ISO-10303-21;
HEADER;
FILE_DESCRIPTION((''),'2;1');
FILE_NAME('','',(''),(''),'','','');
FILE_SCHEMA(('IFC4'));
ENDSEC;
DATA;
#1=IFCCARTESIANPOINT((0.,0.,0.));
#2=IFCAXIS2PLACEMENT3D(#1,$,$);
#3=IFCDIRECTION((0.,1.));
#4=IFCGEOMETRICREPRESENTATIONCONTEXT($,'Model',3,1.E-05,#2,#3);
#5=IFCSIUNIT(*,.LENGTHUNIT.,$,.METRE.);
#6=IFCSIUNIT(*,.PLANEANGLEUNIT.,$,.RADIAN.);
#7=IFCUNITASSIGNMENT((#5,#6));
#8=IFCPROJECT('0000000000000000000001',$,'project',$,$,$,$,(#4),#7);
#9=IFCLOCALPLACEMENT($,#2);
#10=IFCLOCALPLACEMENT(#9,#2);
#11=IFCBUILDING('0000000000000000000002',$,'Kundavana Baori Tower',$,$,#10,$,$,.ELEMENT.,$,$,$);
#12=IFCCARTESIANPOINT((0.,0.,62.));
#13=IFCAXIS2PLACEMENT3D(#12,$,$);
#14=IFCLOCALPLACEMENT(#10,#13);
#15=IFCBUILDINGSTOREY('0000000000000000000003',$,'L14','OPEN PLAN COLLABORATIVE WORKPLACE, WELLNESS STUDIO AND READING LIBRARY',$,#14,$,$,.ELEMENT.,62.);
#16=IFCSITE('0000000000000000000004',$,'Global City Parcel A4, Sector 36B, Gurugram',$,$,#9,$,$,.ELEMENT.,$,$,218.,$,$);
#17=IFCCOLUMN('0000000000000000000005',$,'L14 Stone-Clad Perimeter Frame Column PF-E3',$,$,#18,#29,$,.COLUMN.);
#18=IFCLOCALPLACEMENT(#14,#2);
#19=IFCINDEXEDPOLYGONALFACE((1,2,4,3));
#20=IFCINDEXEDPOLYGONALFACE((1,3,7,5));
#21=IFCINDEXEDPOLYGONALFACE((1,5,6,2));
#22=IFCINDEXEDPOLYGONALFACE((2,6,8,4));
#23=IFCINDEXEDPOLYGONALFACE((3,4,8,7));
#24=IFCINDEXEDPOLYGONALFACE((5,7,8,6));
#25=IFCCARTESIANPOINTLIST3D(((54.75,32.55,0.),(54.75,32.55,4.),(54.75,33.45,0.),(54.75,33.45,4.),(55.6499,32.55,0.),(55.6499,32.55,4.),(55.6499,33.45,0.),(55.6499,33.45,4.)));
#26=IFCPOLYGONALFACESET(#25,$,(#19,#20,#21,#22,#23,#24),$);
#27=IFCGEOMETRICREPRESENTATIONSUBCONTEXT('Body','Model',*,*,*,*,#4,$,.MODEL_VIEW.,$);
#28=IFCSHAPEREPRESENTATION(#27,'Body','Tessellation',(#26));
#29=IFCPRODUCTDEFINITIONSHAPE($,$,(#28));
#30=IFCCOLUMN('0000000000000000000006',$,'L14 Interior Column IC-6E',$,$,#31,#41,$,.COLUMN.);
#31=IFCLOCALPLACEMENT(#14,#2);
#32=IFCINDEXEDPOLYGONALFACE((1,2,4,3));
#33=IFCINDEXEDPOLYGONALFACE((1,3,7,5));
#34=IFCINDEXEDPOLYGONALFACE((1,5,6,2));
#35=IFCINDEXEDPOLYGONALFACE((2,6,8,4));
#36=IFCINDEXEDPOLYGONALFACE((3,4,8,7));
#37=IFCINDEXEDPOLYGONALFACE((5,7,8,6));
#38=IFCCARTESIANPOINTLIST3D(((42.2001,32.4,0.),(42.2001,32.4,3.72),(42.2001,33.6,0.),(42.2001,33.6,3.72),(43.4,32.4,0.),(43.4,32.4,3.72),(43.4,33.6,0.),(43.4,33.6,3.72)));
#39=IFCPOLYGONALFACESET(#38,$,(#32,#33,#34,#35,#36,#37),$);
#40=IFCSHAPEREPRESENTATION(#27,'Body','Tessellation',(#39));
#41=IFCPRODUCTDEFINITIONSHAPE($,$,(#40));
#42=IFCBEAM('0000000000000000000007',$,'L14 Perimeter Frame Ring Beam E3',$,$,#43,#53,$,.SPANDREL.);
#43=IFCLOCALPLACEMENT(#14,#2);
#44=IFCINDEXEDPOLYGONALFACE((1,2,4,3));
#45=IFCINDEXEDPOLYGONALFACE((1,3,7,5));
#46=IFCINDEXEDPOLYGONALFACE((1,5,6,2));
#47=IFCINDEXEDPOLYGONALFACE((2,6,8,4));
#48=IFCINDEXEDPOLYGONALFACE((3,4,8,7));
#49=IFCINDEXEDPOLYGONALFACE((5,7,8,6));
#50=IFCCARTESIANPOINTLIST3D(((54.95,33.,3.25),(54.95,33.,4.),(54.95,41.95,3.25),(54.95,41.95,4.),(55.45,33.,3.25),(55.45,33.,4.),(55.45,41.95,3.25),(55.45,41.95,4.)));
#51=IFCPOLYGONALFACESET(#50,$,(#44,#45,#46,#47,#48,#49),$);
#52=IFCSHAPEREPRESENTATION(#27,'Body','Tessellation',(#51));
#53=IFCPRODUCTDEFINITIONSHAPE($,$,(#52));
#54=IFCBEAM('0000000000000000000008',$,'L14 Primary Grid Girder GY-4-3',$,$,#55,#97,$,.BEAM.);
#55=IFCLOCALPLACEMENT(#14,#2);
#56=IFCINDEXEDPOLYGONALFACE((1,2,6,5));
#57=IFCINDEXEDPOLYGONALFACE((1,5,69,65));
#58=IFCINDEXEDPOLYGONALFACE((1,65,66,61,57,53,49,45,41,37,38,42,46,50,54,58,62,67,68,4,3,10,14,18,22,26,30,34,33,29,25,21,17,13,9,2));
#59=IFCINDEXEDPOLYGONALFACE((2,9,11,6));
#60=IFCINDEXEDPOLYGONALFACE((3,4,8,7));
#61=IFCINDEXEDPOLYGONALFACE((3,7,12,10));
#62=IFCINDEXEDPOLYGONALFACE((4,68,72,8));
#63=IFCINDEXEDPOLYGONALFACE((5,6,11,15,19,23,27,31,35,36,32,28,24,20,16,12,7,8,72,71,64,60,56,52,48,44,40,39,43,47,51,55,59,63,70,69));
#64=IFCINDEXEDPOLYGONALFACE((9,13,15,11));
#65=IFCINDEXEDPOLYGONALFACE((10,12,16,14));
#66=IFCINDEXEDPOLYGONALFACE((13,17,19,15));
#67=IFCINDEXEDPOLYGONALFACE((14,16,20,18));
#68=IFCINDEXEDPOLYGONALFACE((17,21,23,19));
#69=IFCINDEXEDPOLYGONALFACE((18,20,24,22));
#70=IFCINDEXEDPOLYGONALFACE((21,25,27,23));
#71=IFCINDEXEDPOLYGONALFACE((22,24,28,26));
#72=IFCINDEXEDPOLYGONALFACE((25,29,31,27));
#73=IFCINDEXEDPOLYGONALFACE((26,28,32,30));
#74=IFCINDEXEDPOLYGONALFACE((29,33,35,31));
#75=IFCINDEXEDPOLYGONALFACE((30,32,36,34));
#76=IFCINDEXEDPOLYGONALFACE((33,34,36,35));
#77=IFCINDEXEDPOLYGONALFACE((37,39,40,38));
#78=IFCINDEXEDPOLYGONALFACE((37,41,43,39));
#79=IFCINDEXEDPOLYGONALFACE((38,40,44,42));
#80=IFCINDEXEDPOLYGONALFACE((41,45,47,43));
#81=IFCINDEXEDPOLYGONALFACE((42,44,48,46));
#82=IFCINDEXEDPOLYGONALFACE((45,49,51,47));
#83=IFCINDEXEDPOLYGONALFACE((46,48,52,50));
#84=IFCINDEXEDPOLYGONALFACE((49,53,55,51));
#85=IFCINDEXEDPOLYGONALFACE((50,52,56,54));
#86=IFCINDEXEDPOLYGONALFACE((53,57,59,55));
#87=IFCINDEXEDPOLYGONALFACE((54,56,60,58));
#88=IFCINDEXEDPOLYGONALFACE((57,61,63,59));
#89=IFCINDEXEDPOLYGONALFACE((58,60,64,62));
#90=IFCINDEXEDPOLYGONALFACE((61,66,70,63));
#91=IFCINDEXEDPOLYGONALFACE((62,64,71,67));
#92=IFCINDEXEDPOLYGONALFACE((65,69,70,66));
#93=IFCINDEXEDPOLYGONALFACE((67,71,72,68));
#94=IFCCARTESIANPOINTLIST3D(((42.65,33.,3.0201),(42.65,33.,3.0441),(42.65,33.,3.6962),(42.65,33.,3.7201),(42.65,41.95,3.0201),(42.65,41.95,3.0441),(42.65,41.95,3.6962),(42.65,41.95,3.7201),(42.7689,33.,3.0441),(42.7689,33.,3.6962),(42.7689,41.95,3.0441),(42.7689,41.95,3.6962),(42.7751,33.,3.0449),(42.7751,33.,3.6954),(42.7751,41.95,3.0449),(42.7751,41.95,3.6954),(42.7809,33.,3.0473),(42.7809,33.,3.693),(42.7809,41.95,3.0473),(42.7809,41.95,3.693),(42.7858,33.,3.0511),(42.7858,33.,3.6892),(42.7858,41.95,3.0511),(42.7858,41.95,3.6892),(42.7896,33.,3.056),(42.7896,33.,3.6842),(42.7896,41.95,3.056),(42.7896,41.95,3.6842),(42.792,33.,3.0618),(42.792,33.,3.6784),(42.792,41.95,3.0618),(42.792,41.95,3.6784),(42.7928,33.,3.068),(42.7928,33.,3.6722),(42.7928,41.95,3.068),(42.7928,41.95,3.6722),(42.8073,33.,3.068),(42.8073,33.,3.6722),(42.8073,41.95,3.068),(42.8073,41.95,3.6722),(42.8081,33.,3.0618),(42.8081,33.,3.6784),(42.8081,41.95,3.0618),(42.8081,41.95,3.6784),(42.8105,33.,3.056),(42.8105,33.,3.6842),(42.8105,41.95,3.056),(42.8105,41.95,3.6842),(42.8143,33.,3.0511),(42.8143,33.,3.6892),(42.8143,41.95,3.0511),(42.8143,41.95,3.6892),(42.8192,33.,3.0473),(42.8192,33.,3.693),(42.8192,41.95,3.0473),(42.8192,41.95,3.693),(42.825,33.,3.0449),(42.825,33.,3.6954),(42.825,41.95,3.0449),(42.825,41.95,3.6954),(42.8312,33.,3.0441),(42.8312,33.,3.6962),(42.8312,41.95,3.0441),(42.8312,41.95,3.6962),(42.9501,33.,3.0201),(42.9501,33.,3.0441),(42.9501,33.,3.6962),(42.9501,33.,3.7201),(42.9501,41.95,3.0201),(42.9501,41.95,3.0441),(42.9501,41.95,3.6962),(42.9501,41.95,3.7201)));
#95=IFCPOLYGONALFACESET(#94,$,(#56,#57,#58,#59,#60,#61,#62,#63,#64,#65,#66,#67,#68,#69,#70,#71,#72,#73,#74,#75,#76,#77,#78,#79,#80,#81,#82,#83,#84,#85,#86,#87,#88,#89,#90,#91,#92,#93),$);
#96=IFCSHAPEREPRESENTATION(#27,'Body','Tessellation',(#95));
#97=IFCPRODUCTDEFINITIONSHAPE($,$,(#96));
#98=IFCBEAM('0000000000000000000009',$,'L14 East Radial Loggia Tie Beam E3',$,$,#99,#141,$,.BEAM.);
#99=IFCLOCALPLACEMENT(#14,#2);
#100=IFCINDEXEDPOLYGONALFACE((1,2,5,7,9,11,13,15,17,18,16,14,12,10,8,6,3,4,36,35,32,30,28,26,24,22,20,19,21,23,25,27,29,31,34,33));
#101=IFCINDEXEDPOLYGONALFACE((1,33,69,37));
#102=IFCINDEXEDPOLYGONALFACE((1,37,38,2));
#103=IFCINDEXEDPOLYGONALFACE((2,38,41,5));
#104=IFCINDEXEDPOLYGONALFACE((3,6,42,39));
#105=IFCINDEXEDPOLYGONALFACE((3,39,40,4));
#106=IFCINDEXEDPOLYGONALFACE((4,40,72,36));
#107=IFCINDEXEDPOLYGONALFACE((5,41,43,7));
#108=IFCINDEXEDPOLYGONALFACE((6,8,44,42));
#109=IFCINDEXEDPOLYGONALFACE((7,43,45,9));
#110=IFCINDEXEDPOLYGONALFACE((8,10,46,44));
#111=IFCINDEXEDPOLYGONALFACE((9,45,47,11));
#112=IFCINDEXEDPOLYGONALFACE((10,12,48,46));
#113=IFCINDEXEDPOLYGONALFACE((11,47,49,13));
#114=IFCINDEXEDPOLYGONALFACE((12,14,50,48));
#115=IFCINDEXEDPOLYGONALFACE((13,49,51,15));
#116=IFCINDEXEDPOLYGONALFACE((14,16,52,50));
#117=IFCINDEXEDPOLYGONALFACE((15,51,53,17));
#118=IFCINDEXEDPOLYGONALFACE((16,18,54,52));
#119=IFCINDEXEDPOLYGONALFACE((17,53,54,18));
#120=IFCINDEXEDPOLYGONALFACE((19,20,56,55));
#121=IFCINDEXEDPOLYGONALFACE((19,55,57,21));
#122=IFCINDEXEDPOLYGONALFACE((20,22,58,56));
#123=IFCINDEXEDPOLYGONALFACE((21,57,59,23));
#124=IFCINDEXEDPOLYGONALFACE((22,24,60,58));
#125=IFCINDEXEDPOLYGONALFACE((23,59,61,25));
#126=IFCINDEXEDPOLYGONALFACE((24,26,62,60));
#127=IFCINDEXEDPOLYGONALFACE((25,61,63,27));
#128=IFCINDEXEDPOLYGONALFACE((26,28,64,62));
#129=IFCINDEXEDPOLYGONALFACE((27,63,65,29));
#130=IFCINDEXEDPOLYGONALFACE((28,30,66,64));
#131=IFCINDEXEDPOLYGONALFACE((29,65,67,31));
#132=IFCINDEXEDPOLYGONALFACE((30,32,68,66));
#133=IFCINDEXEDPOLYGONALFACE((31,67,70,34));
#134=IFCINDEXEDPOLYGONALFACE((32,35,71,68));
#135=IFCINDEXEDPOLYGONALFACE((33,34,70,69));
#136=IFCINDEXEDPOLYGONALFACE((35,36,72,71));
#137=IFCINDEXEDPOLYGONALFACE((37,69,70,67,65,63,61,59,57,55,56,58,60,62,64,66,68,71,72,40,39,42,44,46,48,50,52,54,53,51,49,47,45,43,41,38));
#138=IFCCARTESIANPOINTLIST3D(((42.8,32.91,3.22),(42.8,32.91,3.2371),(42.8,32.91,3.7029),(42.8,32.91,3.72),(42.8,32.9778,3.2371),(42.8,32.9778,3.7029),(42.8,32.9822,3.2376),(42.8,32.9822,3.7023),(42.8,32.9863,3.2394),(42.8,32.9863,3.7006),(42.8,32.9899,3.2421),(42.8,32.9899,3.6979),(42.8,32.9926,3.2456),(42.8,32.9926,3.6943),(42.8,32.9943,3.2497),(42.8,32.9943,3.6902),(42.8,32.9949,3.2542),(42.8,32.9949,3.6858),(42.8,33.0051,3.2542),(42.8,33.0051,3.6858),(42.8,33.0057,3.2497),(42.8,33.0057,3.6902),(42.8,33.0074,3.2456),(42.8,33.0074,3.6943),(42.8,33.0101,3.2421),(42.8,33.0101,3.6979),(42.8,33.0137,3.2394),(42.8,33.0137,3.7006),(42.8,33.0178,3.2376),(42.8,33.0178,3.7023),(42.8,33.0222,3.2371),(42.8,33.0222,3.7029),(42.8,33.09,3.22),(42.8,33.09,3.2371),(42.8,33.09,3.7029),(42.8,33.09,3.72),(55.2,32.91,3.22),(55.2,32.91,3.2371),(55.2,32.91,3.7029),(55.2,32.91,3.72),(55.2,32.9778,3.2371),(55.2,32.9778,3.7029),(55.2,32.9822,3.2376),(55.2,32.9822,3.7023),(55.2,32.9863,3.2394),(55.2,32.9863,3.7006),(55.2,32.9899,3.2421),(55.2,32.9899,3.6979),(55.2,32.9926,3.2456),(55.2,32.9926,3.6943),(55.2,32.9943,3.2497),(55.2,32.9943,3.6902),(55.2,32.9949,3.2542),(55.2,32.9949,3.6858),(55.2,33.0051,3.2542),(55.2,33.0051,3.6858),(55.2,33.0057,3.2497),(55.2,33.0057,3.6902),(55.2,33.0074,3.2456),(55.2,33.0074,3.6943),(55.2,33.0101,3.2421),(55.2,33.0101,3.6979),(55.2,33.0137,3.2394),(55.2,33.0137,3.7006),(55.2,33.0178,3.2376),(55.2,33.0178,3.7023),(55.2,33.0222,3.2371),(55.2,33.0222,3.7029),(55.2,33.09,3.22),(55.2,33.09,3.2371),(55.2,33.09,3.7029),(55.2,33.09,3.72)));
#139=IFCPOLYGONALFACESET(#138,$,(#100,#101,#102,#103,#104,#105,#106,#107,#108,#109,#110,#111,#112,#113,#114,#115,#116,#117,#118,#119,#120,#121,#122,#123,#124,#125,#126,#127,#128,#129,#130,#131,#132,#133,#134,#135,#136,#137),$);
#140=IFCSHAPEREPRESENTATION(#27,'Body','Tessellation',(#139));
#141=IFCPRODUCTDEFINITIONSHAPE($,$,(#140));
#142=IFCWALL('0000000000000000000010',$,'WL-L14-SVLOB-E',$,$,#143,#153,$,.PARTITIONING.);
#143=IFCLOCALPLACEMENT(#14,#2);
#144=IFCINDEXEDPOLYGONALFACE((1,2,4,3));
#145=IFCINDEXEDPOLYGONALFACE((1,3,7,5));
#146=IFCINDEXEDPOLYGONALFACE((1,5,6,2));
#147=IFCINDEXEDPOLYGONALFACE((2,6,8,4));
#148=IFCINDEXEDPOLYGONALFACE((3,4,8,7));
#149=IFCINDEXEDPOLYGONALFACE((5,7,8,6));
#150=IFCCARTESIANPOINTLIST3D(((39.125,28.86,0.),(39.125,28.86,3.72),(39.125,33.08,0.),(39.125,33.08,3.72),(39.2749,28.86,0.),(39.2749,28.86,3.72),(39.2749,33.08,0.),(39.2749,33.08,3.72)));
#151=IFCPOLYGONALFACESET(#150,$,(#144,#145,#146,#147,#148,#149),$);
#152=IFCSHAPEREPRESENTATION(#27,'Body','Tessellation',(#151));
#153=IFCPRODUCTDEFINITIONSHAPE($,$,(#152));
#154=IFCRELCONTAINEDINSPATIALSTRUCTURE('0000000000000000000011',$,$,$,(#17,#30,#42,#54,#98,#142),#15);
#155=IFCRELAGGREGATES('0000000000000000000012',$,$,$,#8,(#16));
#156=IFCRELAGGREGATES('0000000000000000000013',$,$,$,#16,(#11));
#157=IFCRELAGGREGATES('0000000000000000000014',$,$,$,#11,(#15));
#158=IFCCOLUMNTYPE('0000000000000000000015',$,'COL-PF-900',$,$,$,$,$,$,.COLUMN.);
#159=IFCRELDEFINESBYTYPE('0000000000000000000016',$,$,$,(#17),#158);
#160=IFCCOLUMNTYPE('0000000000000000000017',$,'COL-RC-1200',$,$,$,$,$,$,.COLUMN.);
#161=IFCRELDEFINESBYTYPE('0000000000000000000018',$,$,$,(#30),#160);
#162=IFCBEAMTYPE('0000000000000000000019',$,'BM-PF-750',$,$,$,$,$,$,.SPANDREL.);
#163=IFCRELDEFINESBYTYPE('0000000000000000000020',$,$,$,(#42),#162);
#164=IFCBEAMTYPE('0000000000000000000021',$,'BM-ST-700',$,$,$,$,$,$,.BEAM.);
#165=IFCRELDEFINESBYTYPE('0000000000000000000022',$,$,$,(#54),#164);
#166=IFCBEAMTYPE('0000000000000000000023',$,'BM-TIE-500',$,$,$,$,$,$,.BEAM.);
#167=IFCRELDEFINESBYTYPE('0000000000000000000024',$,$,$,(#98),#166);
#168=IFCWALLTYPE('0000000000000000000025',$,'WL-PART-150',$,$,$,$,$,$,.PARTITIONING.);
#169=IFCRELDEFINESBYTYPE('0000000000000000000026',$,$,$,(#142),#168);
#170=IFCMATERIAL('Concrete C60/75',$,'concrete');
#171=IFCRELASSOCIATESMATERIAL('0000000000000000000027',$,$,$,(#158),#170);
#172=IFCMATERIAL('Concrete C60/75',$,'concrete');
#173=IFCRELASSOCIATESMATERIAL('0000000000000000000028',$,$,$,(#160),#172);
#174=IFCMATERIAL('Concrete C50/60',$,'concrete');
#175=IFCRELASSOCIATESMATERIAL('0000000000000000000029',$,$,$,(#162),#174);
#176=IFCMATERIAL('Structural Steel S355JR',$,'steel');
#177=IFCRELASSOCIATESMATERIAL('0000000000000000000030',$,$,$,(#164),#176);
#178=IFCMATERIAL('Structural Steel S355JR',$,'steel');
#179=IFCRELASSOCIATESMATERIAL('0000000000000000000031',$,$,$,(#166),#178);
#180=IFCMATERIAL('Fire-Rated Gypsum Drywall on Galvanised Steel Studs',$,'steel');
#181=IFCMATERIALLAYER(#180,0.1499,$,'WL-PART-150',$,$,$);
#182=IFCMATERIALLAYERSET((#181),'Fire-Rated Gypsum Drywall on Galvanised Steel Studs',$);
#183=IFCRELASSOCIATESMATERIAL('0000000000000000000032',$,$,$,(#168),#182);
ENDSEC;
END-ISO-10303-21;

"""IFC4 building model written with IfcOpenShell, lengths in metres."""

from ifc_helpers import new_model, si_unit, direction, frame, frame_2d, origin, origin_2d, place, context, subcontext, project, spatial, rectangle, i_section, extrude, material, layer, layer_set, material_profile, profile_set, type_object, element, save


model = new_model("IFC4")

# Units and contexts
model_context = context("Model", 3, precision=1e-05, world=origin(), true_north=direction((0.0, 1.0)))
body_context = subcontext(model_context, "Body", "Model", "MODEL_VIEW")
ifc_project = project(units=[si_unit("LENGTHUNIT", "METRE"), si_unit("PLANEANGLEUNIT", "RADIAN")], contexts=[model_context])

# Site, building, storey
site_placement = place(None, origin())
site = spatial("IfcSite", under=ifc_project, at=site_placement, Name="Global City Parcel A4, Sector 36B, Gurugram", CompositionType="ELEMENT", RefElevation=218.0)
building_placement = place(site_placement, origin())
building = spatial("IfcBuilding", under=site, at=building_placement, Name="Kundavana Baori Tower", CompositionType="ELEMENT")
storey_placement = place(building_placement, frame((0.0, 0.0, 62.0)))
storey = spatial("IfcBuildingStorey", under=building, at=storey_placement, Name="L14", Description="OPEN PLAN COLLABORATIVE WORKPLACE, WELLNESS STUDIO AND READING LIBRARY", CompositionType="ELEMENT", Elevation=62.0)

# Columns
ifc_material_1 = material(Name="Concrete C60/75", Category="concrete")
ifc_material_profile_1 = material_profile(ifc_material_1, rectangle(XDim=0.8999, YDim=0.8999, at=origin_2d()), Name="RC PF 900x900")
ifc_profile_set_1 = profile_set([ifc_material_profile_1], Name="Concrete C60/75")
column_type_1 = type_object("IfcColumnType", Name="COL-PF-900", PredefinedType="COLUMN", material=ifc_profile_set_1)
column_1_placement = place(storey_placement, frame((55.2, 33.0, 0.0), z_axis=(0.0, 0.0, 1.0), x_axis=(1.0, 0.0, 0.0)))
element("IfcColumn", 1, at=column_1_placement, inside=storey, type_object=column_type_1, Name="L14 Stone-Clad Perimeter Frame Column PF-E3", PredefinedType="COLUMN", context=body_context, shape_type="SweptSolid", body=[
    extrude(rectangle(XDim=0.8999, YDim=0.8999, at=origin_2d()), origin(), (0.0, 0.0, 1.0), 4.0),
])
ifc_material_2 = material(Name="Concrete C60/75", Category="concrete")
ifc_material_profile_2 = material_profile(ifc_material_2, rectangle(XDim=1.2, YDim=1.2, at=origin_2d()), Name="RC 1200x1200")
ifc_profile_set_2 = profile_set([ifc_material_profile_2], Name="Concrete C60/75")
column_type_2 = type_object("IfcColumnType", Name="COL-RC-1200", PredefinedType="COLUMN", material=ifc_profile_set_2)
column_2_placement = place(storey_placement, frame((42.8, 33.0, 0.0), z_axis=(0.0, 0.0, 1.0), x_axis=(1.0, 0.0, 0.0)))
element("IfcColumn", 2, at=column_2_placement, inside=storey, type_object=column_type_2, Name="L14 Interior Column IC-6E", PredefinedType="COLUMN", context=body_context, shape_type="SweptSolid", body=[
    extrude(rectangle(XDim=1.2, YDim=1.2, at=origin_2d()), origin(), (0.0, 0.0, 1.0), 3.72),
])

# Beams
ifc_material_3 = material(Name="Concrete C50/60", Category="concrete")
ifc_material_profile_3 = material_profile(ifc_material_3, rectangle(XDim=0.5, YDim=0.75, at=origin_2d()), Name="RC BM 500x750")
ifc_profile_set_3 = profile_set([ifc_material_profile_3], Name="Concrete C50/60")
beam_type_1 = type_object("IfcBeamType", Name="BM-PF-750", PredefinedType="SPANDREL", material=ifc_profile_set_3)
beam_1_placement = place(storey_placement, frame((55.2, 33.0, 3.625), z_axis=(0.0, 1.0, 0.0), x_axis=(-1.0, 0.0, 0.0)))
element("IfcBeam", 3, at=beam_1_placement, inside=storey, type_object=beam_type_1, Name="L14 Perimeter Frame Ring Beam E3", PredefinedType="SPANDREL", context=body_context, shape_type="SweptSolid", body=[
    extrude(rectangle(XDim=0.5, YDim=0.75, at=origin_2d()), origin(), (0.0, 0.0, 1.0), 8.95),
])
ifc_material_4 = material(Name="Structural Steel S355JR", Category="steel")
ifc_material_profile_4 = material_profile(ifc_material_4, i_section(OverallWidth=0.3, OverallDepth=0.7, WebThickness=0.0144, FlangeThickness=0.0239, FilletRadius=0.0239, at=origin_2d()), Name="NPB 700x300x170")
ifc_profile_set_4 = profile_set([ifc_material_profile_4], Name="Structural Steel S355JR")
beam_type_2 = type_object("IfcBeamType", Name="BM-ST-700", PredefinedType="BEAM", material=ifc_profile_set_4)
beam_2_placement = place(storey_placement, frame((42.8, 33.0, 3.3701), z_axis=(0.0, 1.0, 0.0), x_axis=(-1.0, 0.0, 0.0)))
element("IfcBeam", 4, at=beam_2_placement, inside=storey, type_object=beam_type_2, Name="L14 Primary Grid Girder GY-4-3", PredefinedType="BEAM", context=body_context, shape_type="SweptSolid", body=[
    extrude(i_section(OverallWidth=0.3, OverallDepth=0.7, WebThickness=0.0144, FlangeThickness=0.0239, FilletRadius=0.0239, at=origin_2d()), origin(), (0.0, 0.0, 1.0), 8.95),
])
ifc_material_5 = material(Name="Structural Steel S355JR", Category="steel")
ifc_material_profile_5 = material_profile(ifc_material_5, i_section(OverallWidth=0.1799, OverallDepth=0.5, WebThickness=0.0103, FlangeThickness=0.0171, FilletRadius=0.0171, at=origin_2d()), Name="ISMB 500")
ifc_profile_set_5 = profile_set([ifc_material_profile_5], Name="Structural Steel S355JR")
beam_type_3 = type_object("IfcBeamType", Name="BM-TIE-500", PredefinedType="BEAM", material=ifc_profile_set_5)
beam_3_placement = place(storey_placement, frame((42.8, 33.0, 3.47), z_axis=(1.0, 0.0, 0.0), x_axis=(0.0, 1.0, 0.0)))
element("IfcBeam", 5, at=beam_3_placement, inside=storey, type_object=beam_type_3, Name="L14 East Radial Loggia Tie Beam E3", PredefinedType="BEAM", context=body_context, shape_type="SweptSolid", body=[
    extrude(i_section(OverallWidth=0.1799, OverallDepth=0.5, WebThickness=0.0103, FlangeThickness=0.0171, FilletRadius=0.0171, at=origin_2d()), origin(), (0.0, 0.0, 1.0), 12.3999),
])

# Wall
ifc_material_6 = material(Name="Fire-Rated Gypsum Drywall on Galvanised Steel Studs", Category="steel")
ifc_layer_1 = layer(ifc_material_6, 0.1499, Name="WL-PART-150")
ifc_layer_set_1 = layer_set([ifc_layer_1], Name="Fire-Rated Gypsum Drywall on Galvanised Steel Studs")
wall_type_1 = type_object("IfcWallType", Name="WL-PART-150", PredefinedType="PARTITIONING", material=ifc_layer_set_1)
wall_1_placement = place(storey_placement, frame((39.2, 28.8601, 0.0), z_axis=(0.0, 0.0, 1.0), x_axis=(0.0, 1.0, 0.0)))
element("IfcWall", 6, at=wall_1_placement, inside=storey, type_object=wall_type_1, Name="WL-L14-SVLOB-E", PredefinedType="PARTITIONING", context=body_context, shape_type="SweptSolid", body=[
    extrude(rectangle(XDim=4.22, YDim=0.1499, at=frame_2d((2.1099, 0.0))), origin(), (0.0, 0.0, 1.0), 3.72),
])

save(model, "model.ifc")
